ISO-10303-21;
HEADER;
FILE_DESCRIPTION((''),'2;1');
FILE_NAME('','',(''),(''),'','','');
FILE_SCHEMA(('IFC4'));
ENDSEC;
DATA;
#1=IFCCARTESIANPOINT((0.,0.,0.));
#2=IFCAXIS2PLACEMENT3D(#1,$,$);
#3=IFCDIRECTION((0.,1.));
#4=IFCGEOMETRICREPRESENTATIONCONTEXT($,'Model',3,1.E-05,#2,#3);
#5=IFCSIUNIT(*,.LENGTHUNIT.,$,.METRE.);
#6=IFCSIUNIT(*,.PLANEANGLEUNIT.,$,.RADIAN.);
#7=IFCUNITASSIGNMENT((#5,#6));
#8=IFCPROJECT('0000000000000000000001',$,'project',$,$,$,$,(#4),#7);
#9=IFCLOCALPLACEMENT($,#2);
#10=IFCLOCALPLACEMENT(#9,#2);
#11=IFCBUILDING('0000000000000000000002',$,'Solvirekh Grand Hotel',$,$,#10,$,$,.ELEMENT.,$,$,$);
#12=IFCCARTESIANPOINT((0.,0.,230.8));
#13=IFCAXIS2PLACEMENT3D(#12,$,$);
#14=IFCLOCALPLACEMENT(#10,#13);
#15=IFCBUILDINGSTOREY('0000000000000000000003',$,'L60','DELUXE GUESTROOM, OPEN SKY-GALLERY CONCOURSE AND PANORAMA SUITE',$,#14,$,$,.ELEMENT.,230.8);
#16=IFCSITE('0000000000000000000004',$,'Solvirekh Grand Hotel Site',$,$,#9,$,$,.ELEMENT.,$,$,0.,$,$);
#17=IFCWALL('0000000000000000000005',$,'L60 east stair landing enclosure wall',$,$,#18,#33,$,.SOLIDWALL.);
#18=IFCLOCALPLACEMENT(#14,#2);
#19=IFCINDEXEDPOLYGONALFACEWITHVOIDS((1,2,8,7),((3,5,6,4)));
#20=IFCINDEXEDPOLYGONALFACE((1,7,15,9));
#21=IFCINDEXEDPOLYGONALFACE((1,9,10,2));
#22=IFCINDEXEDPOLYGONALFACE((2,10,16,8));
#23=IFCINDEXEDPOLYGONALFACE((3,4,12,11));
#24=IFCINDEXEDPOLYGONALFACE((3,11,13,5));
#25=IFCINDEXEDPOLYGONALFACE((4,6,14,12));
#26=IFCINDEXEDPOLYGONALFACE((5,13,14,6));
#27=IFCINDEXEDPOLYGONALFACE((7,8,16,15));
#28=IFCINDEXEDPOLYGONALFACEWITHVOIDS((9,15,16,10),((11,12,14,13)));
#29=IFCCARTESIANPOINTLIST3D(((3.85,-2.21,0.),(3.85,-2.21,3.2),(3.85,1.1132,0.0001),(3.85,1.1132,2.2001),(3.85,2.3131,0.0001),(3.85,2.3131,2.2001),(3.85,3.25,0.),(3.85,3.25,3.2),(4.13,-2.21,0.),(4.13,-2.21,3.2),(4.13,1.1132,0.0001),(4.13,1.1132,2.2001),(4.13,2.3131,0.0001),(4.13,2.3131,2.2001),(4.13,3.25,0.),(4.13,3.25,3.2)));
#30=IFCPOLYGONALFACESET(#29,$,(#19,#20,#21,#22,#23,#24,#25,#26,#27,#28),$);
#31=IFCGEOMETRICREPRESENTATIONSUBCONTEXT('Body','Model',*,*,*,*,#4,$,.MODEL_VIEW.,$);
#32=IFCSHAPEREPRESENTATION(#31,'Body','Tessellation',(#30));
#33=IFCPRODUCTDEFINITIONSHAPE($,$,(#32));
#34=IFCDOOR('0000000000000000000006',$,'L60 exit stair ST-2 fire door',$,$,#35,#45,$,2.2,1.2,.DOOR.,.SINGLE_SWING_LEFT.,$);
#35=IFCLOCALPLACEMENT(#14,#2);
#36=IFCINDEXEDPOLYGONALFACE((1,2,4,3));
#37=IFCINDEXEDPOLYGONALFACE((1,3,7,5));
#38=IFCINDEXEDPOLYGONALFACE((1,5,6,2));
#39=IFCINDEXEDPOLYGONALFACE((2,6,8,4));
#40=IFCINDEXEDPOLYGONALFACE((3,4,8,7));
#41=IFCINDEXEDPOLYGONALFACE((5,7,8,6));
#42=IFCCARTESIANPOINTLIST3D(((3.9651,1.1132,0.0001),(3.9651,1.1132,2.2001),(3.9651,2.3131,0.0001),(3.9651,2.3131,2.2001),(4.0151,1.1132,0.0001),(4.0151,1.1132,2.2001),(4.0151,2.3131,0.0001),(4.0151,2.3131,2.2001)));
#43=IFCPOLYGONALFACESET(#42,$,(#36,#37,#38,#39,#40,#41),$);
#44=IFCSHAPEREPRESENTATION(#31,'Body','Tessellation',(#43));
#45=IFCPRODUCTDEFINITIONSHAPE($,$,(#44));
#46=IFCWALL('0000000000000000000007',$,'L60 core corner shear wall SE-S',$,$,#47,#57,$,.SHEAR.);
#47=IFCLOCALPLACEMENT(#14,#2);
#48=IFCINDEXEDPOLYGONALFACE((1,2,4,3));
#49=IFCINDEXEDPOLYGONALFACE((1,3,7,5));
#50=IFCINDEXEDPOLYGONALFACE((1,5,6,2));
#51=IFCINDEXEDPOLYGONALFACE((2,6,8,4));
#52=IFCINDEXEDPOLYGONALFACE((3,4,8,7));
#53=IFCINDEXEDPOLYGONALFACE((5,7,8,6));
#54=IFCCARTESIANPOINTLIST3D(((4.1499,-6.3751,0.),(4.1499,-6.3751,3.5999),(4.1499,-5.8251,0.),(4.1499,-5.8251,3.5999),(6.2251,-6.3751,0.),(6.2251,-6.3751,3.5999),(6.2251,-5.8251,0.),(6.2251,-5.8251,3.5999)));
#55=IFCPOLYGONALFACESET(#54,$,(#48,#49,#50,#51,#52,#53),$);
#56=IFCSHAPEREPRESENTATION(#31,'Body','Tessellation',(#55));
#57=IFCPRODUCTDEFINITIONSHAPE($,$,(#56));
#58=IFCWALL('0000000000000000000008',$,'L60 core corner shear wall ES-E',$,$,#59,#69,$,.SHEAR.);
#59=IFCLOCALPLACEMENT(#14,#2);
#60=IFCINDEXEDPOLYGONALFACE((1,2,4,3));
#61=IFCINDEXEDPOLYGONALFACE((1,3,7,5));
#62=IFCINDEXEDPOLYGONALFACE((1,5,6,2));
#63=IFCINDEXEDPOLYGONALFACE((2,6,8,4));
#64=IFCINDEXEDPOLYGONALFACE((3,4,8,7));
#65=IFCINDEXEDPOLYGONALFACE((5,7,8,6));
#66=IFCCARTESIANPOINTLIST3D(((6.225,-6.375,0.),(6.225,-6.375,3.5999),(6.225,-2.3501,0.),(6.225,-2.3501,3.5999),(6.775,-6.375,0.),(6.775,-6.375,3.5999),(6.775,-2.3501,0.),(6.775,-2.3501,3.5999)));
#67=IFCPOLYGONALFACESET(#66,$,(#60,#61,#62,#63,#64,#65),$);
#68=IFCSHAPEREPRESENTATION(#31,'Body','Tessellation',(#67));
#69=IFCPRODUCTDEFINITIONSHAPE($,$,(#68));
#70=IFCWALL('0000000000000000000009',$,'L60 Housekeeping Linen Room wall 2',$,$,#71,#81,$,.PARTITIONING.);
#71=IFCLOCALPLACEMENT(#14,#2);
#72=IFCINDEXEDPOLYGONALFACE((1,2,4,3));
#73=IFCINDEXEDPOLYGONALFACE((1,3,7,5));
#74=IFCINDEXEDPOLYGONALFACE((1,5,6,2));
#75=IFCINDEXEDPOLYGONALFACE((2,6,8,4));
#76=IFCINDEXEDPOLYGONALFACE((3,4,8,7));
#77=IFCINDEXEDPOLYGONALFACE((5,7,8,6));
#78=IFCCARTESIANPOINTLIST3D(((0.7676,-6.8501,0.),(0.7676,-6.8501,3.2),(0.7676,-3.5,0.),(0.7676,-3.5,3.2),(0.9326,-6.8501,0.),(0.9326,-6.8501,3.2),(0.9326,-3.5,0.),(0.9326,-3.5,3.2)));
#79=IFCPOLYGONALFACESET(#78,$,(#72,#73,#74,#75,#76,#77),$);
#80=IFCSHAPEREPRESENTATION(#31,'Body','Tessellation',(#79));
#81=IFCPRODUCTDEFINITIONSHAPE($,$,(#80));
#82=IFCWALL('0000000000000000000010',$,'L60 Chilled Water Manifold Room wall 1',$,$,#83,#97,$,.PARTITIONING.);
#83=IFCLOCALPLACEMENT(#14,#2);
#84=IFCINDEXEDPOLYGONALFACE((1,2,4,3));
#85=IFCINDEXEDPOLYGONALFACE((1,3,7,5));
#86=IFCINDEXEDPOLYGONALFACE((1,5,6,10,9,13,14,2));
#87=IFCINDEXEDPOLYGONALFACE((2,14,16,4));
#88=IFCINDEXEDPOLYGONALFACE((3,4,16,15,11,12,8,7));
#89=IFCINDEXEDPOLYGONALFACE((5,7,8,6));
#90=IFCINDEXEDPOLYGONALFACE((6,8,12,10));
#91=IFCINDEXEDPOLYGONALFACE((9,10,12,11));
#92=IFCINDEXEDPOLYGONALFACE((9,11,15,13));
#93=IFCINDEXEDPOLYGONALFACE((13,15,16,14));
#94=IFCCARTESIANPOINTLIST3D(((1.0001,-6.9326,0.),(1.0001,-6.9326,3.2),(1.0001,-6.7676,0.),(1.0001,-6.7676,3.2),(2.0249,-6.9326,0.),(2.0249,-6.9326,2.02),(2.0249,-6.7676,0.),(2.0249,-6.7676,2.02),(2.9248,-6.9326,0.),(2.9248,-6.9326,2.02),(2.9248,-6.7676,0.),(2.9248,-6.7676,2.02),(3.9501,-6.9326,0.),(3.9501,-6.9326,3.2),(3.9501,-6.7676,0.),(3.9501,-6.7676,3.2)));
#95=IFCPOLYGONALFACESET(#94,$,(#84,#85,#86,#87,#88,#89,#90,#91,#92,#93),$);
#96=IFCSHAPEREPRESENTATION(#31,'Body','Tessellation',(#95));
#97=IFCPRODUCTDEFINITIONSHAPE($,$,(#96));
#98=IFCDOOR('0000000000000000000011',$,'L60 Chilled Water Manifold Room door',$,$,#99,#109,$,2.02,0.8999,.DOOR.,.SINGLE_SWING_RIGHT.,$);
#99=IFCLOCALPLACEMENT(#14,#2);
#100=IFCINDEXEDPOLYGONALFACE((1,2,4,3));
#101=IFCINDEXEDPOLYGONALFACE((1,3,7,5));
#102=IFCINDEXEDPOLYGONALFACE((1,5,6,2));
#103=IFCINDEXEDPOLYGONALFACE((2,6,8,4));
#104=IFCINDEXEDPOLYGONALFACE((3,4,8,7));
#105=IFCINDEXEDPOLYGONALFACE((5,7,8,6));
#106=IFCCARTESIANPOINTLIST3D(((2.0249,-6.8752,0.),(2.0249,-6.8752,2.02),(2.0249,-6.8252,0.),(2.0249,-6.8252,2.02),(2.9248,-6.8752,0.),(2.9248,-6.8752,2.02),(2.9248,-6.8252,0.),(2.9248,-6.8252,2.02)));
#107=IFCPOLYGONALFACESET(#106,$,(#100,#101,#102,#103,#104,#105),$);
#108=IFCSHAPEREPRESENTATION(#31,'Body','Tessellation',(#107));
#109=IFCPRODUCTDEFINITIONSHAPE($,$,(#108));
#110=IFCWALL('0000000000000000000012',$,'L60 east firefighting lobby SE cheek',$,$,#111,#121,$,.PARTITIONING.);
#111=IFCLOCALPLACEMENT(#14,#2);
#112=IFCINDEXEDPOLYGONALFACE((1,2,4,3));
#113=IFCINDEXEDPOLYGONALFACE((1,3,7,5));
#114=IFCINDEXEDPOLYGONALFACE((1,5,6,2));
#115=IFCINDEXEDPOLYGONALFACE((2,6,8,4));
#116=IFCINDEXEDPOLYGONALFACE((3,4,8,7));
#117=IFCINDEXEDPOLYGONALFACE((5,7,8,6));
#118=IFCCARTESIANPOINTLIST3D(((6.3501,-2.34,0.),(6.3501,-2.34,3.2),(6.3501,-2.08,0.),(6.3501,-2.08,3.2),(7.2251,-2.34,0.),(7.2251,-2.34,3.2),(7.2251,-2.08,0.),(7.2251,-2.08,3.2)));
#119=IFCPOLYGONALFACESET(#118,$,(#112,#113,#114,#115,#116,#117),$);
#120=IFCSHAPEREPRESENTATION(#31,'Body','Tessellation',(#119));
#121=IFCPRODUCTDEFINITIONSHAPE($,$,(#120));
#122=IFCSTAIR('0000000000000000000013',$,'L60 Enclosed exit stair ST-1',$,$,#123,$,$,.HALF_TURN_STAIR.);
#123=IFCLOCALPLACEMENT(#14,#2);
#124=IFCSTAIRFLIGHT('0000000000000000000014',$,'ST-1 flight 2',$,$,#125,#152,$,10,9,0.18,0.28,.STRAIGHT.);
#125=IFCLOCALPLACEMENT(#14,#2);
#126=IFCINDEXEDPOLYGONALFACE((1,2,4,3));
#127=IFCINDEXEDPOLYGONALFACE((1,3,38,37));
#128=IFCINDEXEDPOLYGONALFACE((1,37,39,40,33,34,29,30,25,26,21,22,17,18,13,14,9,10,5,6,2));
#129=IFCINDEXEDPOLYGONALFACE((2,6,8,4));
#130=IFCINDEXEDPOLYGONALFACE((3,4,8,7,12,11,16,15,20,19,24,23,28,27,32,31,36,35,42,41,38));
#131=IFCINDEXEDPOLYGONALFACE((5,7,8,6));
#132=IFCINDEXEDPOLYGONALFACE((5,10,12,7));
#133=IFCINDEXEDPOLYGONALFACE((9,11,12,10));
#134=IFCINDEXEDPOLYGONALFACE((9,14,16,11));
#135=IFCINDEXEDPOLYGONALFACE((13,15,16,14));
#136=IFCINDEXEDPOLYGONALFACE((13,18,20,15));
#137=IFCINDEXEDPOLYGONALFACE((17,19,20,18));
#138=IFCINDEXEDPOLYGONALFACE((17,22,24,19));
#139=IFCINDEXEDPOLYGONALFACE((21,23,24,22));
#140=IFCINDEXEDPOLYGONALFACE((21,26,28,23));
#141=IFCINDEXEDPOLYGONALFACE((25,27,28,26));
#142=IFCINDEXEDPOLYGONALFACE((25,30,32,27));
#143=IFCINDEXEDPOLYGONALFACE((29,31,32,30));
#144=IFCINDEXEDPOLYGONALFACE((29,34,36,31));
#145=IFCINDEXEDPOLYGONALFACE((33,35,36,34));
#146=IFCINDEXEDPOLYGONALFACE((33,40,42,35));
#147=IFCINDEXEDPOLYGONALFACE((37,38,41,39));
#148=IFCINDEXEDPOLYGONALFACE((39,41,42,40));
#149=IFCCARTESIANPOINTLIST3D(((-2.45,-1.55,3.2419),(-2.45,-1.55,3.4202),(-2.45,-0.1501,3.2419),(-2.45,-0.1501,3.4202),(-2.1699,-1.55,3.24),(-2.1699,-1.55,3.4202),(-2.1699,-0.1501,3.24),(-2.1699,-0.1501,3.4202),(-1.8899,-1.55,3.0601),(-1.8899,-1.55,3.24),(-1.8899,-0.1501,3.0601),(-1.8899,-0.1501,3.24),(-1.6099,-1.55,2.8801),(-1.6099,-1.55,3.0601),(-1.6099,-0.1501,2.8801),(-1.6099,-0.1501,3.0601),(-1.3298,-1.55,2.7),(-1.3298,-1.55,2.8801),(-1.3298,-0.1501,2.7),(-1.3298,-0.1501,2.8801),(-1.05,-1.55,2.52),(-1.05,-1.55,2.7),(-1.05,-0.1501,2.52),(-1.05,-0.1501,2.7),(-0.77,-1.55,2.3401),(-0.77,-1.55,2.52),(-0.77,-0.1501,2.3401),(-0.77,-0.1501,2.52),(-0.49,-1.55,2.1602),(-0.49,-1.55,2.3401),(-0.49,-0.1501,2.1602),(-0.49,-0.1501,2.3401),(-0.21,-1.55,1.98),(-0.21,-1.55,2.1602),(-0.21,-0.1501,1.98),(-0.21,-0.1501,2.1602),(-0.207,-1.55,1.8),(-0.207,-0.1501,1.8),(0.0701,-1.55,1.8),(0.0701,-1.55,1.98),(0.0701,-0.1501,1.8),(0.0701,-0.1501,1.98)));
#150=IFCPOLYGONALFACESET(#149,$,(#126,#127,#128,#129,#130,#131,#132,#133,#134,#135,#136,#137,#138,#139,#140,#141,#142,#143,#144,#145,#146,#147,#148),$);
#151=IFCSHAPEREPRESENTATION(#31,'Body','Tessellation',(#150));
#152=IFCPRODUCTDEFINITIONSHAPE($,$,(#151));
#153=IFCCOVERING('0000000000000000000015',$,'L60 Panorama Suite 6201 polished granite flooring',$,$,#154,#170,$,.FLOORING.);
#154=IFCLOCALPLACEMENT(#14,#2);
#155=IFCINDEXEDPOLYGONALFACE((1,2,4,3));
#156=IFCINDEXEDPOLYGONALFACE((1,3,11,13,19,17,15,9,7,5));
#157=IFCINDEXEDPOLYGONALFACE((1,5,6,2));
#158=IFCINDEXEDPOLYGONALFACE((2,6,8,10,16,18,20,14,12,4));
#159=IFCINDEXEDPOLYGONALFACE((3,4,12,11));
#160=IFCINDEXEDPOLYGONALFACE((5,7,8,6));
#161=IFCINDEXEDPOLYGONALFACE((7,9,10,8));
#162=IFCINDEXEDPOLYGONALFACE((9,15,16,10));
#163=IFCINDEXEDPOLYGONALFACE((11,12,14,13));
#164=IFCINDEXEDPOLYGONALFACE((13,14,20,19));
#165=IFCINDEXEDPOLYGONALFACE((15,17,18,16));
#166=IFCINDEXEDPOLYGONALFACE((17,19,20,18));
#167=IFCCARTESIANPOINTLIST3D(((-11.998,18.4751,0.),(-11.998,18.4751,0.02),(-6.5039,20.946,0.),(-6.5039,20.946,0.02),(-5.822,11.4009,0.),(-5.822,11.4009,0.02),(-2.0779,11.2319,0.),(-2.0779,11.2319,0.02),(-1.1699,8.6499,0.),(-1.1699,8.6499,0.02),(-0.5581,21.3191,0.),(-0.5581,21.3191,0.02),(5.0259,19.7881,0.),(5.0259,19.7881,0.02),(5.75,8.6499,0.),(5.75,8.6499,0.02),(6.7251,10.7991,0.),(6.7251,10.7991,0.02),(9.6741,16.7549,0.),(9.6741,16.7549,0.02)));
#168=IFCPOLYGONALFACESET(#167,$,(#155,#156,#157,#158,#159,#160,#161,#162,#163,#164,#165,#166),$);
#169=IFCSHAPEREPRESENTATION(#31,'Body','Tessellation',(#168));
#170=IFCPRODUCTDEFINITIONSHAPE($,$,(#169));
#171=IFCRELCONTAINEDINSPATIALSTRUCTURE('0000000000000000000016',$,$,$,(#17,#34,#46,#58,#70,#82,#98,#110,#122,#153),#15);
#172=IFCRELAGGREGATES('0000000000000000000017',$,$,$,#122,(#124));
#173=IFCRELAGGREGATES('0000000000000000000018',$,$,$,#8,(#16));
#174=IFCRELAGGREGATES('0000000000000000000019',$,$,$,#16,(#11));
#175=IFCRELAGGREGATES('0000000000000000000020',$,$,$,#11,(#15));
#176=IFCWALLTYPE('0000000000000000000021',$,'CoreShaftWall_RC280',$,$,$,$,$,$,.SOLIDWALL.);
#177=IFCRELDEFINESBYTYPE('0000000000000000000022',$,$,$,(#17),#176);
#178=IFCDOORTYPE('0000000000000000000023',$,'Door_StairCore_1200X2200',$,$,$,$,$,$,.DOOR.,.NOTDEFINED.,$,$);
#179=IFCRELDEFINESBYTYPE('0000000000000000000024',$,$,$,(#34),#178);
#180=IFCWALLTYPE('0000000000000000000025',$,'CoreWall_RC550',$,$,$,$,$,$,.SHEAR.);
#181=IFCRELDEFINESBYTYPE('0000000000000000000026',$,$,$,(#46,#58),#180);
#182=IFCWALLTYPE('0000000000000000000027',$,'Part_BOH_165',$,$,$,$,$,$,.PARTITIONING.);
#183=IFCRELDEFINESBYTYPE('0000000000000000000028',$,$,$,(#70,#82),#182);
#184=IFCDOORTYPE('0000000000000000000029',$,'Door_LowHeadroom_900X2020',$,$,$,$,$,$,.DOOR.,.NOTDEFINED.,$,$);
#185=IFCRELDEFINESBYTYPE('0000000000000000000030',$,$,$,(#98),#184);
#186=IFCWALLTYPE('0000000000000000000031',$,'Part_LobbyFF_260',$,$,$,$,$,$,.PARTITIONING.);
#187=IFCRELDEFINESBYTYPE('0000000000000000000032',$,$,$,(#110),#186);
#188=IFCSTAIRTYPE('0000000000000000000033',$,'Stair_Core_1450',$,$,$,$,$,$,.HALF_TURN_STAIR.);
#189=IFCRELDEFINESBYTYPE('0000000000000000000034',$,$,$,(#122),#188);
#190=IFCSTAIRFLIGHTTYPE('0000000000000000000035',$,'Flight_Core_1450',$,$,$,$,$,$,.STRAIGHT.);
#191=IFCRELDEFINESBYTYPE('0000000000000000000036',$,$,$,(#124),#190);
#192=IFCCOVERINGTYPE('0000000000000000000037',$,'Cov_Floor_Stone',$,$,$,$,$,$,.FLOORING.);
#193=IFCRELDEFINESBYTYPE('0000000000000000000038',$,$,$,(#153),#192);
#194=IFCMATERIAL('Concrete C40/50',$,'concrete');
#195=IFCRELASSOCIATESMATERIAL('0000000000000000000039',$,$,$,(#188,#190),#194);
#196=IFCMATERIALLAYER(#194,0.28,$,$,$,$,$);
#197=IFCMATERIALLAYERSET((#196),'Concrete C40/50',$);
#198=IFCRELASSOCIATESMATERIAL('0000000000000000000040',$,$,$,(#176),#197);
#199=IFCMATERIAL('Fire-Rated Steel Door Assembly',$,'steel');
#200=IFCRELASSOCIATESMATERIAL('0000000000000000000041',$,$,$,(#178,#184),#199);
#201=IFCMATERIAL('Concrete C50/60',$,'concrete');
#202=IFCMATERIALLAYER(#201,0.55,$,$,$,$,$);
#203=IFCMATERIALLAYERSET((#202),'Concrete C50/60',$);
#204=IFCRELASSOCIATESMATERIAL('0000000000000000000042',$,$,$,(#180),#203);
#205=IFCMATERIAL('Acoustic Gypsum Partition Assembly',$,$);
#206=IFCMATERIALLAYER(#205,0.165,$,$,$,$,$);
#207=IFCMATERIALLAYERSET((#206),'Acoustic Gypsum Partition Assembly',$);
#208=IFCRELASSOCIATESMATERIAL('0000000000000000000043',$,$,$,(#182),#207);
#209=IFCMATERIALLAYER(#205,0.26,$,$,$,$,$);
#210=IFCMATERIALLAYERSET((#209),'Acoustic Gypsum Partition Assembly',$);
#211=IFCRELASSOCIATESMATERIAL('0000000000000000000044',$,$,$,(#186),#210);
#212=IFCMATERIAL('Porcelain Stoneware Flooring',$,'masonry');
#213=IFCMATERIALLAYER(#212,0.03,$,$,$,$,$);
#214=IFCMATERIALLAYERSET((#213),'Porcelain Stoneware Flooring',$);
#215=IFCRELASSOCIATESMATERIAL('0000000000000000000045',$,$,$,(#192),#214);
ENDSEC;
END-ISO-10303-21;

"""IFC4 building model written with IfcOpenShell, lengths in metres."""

from ifc_helpers import new_model, si_unit, direction, frame, frame_2d, origin, place, context, subcontext, project, spatial, polyline, rectangle, outline, extrude, material, layer, layer_set, type_object, element, fill, aggregate, save


model = new_model("IFC4")

# Units and contexts
model_context = context("Model", 3, precision=1e-05, world=origin(), true_north=direction((0.0, 1.0)))
body_context = subcontext(model_context, "Body", "Model", "MODEL_VIEW")
ifc_project = project(units=[si_unit("LENGTHUNIT", "METRE"), si_unit("PLANEANGLEUNIT", "RADIAN")], contexts=[model_context])

# Site, building, storey
site_placement = place(None, origin())
site = spatial("IfcSite", under=ifc_project, at=site_placement, Name="Solvirekh Grand Hotel Site", CompositionType="ELEMENT", RefElevation=0.0)
building_placement = place(site_placement, origin())
building = spatial("IfcBuilding", under=site, at=building_placement, Name="Solvirekh Grand Hotel", CompositionType="ELEMENT")
storey_placement = place(building_placement, frame((0.0, 0.0, 230.8)))
storey = spatial("IfcBuildingStorey", under=building, at=storey_placement, Name="L60", Description="DELUXE GUESTROOM, OPEN SKY-GALLERY CONCOURSE AND PANORAMA SUITE", CompositionType="ELEMENT", Elevation=230.8)

# Shared definitions
ifc_material_1 = material(Name="Concrete C40/50", Category="concrete")
stair_type = type_object("IfcStairType", Name="Stair_Core_1450", PredefinedType="HALF_TURN_STAIR", material=ifc_material_1)

# Shared definitions
ifc_layer_1 = layer(ifc_material_1, 0.28)
ifc_layer_set_1 = layer_set([ifc_layer_1], Name="Concrete C40/50")
wall_type_1 = type_object("IfcWallType", Name="CoreShaftWall_RC280", PredefinedType="SOLIDWALL", material=ifc_layer_set_1)

# Shared definitions
ifc_material_2 = material(Name="Fire-Rated Steel Door Assembly", Category="steel")

# Wall, opening, door
wall_1_placement = place(storey_placement, frame((3.99, -2.21, 0.0), z_axis=(0.0, 0.0, 1.0), x_axis=(0.0, 1.0, 0.0)))
wall_1 = element("IfcWall", 1, at=wall_1_placement, inside=storey, type_object=wall_type_1, Name="L60 east stair landing enclosure wall", PredefinedType="SOLIDWALL", context=body_context, shape_type="SweptSolid", body=[
    extrude(rectangle(XDim=5.46, YDim=0.28, at=frame_2d((2.73, 0.0))), origin(), (0.0, 0.0, 1.0), 3.2),
])
opening_1_placement = place(wall_1_placement, frame((3.323, 0.0, 0.0)))
opening_1 = element("IfcOpeningElement", 2, at=opening_1_placement, cuts=wall_1, PredefinedType="OPENING", context=body_context, shape_type="SweptSolid", body=[
    extrude(rectangle(XDim=1.2, YDim=2.2, at=frame_2d((0.6001, 1.1001))), frame((0.0, 0.1499, 0.0), z_axis=(0.0, -1.0, 0.0), x_axis=(1.0, 0.0, 0.0)), (0.0, 0.0, 1.0), 0.3),
])
door_type_1 = type_object("IfcDoorType", Name="Door_StairCore_1200X2200", OperationType="NOTDEFINED", PredefinedType="DOOR", material=ifc_material_2)
door_1_placement = place(opening_1_placement, origin())
door_1 = element("IfcDoor", 3, at=door_1_placement, inside=storey, type_object=door_type_1, Name="L60 exit stair ST-2 fire door", OperationType="SINGLE_SWING_LEFT", OverallHeight=2.2, OverallWidth=1.2, PredefinedType="DOOR", context=body_context, shape_type="SweptSolid", body=[
    extrude(rectangle(XDim=1.2, YDim=2.2, at=frame_2d((0.6001, 1.1001))), frame((0.0, 0.0249, 0.0), z_axis=(0.0, -1.0, 0.0), x_axis=(1.0, 0.0, 0.0)), (0.0, 0.0, 1.0), 0.05),
])
fill(opening_1, door_1)

# Walls
ifc_material_3 = material(Name="Concrete C50/60", Category="concrete")
ifc_layer_2 = layer(ifc_material_3, 0.55)
ifc_layer_set_2 = layer_set([ifc_layer_2], Name="Concrete C50/60")
wall_type_2 = type_object("IfcWallType", Name="CoreWall_RC550", PredefinedType="SHEAR", material=ifc_layer_set_2)
wall_2_placement = place(storey_placement, frame((4.1499, -6.1001, 0.0), z_axis=(0.0, 0.0, 1.0), x_axis=(1.0, 0.0, 0.0)))
element("IfcWall", 4, at=wall_2_placement, inside=storey, type_object=wall_type_2, Name="L60 core corner shear wall SE-S", PredefinedType="SHEAR", context=body_context, shape_type="SweptSolid", body=[
    extrude(rectangle(XDim=2.0752, YDim=0.55, at=frame_2d((1.0376, 0.0))), origin(), (0.0, 0.0, 1.0), 3.5999),
])
wall_3_placement = place(storey_placement, frame((6.5, -6.375, 0.0), z_axis=(0.0, 0.0, 1.0), x_axis=(0.0, 1.0, 0.0)))
element("IfcWall", 5, at=wall_3_placement, inside=storey, type_object=wall_type_2, Name="L60 core corner shear wall ES-E", PredefinedType="SHEAR", context=body_context, shape_type="SweptSolid", body=[
    extrude(rectangle(XDim=4.0249, YDim=0.55, at=frame_2d((2.0125, 0.0))), origin(), (0.0, 0.0, 1.0), 3.5999),
])
ifc_material_4 = material(Name="Acoustic Gypsum Partition Assembly")
ifc_layer_3 = layer(ifc_material_4, 0.165)
ifc_layer_set_3 = layer_set([ifc_layer_3], Name="Acoustic Gypsum Partition Assembly")
wall_type_3 = type_object("IfcWallType", Name="Part_BOH_165", PredefinedType="PARTITIONING", material=ifc_layer_set_3)
wall_4_placement = place(storey_placement, frame((0.8501, -6.8501, 0.0), z_axis=(0.0, 0.0, 1.0), x_axis=(0.0, 1.0, 0.0)))
element("IfcWall", 6, at=wall_4_placement, inside=storey, type_object=wall_type_3, Name="L60 Housekeeping Linen Room wall 2", PredefinedType="PARTITIONING", context=body_context, shape_type="SweptSolid", body=[
    extrude(rectangle(XDim=3.3501, YDim=0.165, at=frame_2d((1.675, 0.0))), origin(), (0.0, 0.0, 1.0), 3.2),
])

# Wall, opening, door
wall_5_placement = place(storey_placement, frame((1.0, -6.8501, 0.0), z_axis=(0.0, 0.0, 1.0), x_axis=(1.0, 0.0, 0.0)))
wall_5 = element("IfcWall", 7, at=wall_5_placement, inside=storey, type_object=wall_type_3, Name="L60 Chilled Water Manifold Room wall 1", PredefinedType="PARTITIONING", context=body_context, shape_type="SweptSolid", body=[
    extrude(rectangle(XDim=2.95, YDim=0.165, at=frame_2d((1.4751, 0.0))), origin(), (0.0, 0.0, 1.0), 3.2),
])
opening_2_placement = place(wall_5_placement, frame((1.0249, 0.0, 0.0)))
opening_2 = element("IfcOpeningElement", 8, at=opening_2_placement, cuts=wall_5, PredefinedType="OPENING", context=body_context, shape_type="SweptSolid", body=[
    extrude(rectangle(XDim=0.8999, YDim=2.02, at=frame_2d((0.45, 1.01))), frame((0.0, 0.0925, 0.0), z_axis=(0.0, -1.0, 0.0), x_axis=(1.0, 0.0, 0.0)), (0.0, 0.0, 1.0), 0.1851),
])
door_type_2 = type_object("IfcDoorType", Name="Door_LowHeadroom_900X2020", OperationType="NOTDEFINED", PredefinedType="DOOR", material=ifc_material_2)
door_2_placement = place(opening_2_placement, origin())
door_2 = element("IfcDoor", 9, at=door_2_placement, inside=storey, type_object=door_type_2, Name="L60 Chilled Water Manifold Room door", OperationType="SINGLE_SWING_RIGHT", OverallHeight=2.02, OverallWidth=0.8999, PredefinedType="DOOR", context=body_context, shape_type="SweptSolid", body=[
    extrude(rectangle(XDim=0.8999, YDim=2.02, at=frame_2d((0.45, 1.01))), frame((0.0, 0.0249, 0.0), z_axis=(0.0, -1.0, 0.0), x_axis=(1.0, 0.0, 0.0)), (0.0, 0.0, 1.0), 0.05),
])
fill(opening_2, door_2)

# Wall
ifc_layer_4 = layer(ifc_material_4, 0.26)
ifc_layer_set_4 = layer_set([ifc_layer_4], Name="Acoustic Gypsum Partition Assembly")
wall_type_4 = type_object("IfcWallType", Name="Part_LobbyFF_260", PredefinedType="PARTITIONING", material=ifc_layer_set_4)
wall_6_placement = place(storey_placement, frame((6.3501, -2.21, 0.0), z_axis=(0.0, 0.0, 1.0), x_axis=(1.0, 0.0, 0.0)))
element("IfcWall", 10, at=wall_6_placement, inside=storey, type_object=wall_type_4, Name="L60 east firefighting lobby SE cheek", PredefinedType="PARTITIONING", context=body_context, shape_type="SweptSolid", body=[
    extrude(rectangle(XDim=0.875, YDim=0.26, at=frame_2d((0.4375, 0.0))), origin(), (0.0, 0.0, 1.0), 3.2),
])

# Stair, stair flight
stair_1_placement = place(storey_placement, origin())
stair_1 = element("IfcStair", 11, at=stair_1_placement, inside=storey, type_object=stair_type, Name="L60 Enclosed exit stair ST-1", PredefinedType="HALF_TURN_STAIR")
stair_flight_type = type_object("IfcStairFlightType", Name="Flight_Core_1450", PredefinedType="STRAIGHT", material=ifc_material_1)
stair_flight_placement = place(storey_placement, frame((0.0701, -0.8501, 1.8), z_axis=(0.0, 0.0, 1.0), x_axis=(-1.0, 0.0, 0.0)))
stair_flight = element("IfcStairFlight", 12, at=stair_flight_placement, type_object=stair_flight_type, Name="ST-1 flight 2", NumberOfRisers=10, NumberOfTreads=9, PredefinedType="STRAIGHT", RiserHeight=0.18, TreadLength=0.28, context=body_context, shape_type="SweptSolid", body=[
    extrude(outline(polyline([(0.0, 0.0), (0.0, 0.1799), (0.28, 0.1799), (0.28, 0.3601), (0.5601, 0.3601), (0.5601, 0.54), (0.8401, 0.54), (0.8401, 0.72), (1.1201, 0.72), (1.1201, 0.8999), (1.3999, 0.8999), (1.3999, 1.0801), (1.6799, 1.0801), (1.6799, 1.26), (1.96, 1.26), (1.96, 1.4399), (2.24, 1.4399), (2.24, 1.6201), (2.52, 1.6201), (2.52, 1.8), (2.52, 1.4419), (0.2771, 0.0), (0.0, 0.0)])), frame((0.0, 0.7, 0.0), z_axis=(0.0, -1.0, 0.0), x_axis=(1.0, 0.0, 0.0)), (0.0, 0.0, 1.0), 1.3999),
])
aggregate(stair_1, [stair_flight])

# Covering
ifc_material_5 = material(Name="Porcelain Stoneware Flooring", Category="masonry")
ifc_layer_5 = layer(ifc_material_5, 0.03)
ifc_layer_set_5 = layer_set([ifc_layer_5], Name="Porcelain Stoneware Flooring")
covering_type = type_object("IfcCoveringType", Name="Cov_Floor_Stone", PredefinedType="FLOORING", material=ifc_layer_set_5)
covering_placement = place(storey_placement, origin())
element("IfcCovering", 13, at=covering_placement, inside=storey, type_object=covering_type, Name="L60 Panorama Suite 6201 polished granite flooring", PredefinedType="FLOORING", context=body_context, shape_type="SweptSolid", body=[
    extrude(outline(polyline([(-5.822, 11.4009), (-2.0779, 11.2319), (-1.1699, 8.6499), (5.75, 8.6499), (6.7251, 10.7991), (9.6741, 16.7549), (5.0259, 19.7881), (-0.5581, 21.3191), (-6.5039, 20.946), (-11.998, 18.4751), (-5.822, 11.4009)])), origin(), (0.0, 0.0, 1.0), 0.02),
])

save(model, "model.ifc")
